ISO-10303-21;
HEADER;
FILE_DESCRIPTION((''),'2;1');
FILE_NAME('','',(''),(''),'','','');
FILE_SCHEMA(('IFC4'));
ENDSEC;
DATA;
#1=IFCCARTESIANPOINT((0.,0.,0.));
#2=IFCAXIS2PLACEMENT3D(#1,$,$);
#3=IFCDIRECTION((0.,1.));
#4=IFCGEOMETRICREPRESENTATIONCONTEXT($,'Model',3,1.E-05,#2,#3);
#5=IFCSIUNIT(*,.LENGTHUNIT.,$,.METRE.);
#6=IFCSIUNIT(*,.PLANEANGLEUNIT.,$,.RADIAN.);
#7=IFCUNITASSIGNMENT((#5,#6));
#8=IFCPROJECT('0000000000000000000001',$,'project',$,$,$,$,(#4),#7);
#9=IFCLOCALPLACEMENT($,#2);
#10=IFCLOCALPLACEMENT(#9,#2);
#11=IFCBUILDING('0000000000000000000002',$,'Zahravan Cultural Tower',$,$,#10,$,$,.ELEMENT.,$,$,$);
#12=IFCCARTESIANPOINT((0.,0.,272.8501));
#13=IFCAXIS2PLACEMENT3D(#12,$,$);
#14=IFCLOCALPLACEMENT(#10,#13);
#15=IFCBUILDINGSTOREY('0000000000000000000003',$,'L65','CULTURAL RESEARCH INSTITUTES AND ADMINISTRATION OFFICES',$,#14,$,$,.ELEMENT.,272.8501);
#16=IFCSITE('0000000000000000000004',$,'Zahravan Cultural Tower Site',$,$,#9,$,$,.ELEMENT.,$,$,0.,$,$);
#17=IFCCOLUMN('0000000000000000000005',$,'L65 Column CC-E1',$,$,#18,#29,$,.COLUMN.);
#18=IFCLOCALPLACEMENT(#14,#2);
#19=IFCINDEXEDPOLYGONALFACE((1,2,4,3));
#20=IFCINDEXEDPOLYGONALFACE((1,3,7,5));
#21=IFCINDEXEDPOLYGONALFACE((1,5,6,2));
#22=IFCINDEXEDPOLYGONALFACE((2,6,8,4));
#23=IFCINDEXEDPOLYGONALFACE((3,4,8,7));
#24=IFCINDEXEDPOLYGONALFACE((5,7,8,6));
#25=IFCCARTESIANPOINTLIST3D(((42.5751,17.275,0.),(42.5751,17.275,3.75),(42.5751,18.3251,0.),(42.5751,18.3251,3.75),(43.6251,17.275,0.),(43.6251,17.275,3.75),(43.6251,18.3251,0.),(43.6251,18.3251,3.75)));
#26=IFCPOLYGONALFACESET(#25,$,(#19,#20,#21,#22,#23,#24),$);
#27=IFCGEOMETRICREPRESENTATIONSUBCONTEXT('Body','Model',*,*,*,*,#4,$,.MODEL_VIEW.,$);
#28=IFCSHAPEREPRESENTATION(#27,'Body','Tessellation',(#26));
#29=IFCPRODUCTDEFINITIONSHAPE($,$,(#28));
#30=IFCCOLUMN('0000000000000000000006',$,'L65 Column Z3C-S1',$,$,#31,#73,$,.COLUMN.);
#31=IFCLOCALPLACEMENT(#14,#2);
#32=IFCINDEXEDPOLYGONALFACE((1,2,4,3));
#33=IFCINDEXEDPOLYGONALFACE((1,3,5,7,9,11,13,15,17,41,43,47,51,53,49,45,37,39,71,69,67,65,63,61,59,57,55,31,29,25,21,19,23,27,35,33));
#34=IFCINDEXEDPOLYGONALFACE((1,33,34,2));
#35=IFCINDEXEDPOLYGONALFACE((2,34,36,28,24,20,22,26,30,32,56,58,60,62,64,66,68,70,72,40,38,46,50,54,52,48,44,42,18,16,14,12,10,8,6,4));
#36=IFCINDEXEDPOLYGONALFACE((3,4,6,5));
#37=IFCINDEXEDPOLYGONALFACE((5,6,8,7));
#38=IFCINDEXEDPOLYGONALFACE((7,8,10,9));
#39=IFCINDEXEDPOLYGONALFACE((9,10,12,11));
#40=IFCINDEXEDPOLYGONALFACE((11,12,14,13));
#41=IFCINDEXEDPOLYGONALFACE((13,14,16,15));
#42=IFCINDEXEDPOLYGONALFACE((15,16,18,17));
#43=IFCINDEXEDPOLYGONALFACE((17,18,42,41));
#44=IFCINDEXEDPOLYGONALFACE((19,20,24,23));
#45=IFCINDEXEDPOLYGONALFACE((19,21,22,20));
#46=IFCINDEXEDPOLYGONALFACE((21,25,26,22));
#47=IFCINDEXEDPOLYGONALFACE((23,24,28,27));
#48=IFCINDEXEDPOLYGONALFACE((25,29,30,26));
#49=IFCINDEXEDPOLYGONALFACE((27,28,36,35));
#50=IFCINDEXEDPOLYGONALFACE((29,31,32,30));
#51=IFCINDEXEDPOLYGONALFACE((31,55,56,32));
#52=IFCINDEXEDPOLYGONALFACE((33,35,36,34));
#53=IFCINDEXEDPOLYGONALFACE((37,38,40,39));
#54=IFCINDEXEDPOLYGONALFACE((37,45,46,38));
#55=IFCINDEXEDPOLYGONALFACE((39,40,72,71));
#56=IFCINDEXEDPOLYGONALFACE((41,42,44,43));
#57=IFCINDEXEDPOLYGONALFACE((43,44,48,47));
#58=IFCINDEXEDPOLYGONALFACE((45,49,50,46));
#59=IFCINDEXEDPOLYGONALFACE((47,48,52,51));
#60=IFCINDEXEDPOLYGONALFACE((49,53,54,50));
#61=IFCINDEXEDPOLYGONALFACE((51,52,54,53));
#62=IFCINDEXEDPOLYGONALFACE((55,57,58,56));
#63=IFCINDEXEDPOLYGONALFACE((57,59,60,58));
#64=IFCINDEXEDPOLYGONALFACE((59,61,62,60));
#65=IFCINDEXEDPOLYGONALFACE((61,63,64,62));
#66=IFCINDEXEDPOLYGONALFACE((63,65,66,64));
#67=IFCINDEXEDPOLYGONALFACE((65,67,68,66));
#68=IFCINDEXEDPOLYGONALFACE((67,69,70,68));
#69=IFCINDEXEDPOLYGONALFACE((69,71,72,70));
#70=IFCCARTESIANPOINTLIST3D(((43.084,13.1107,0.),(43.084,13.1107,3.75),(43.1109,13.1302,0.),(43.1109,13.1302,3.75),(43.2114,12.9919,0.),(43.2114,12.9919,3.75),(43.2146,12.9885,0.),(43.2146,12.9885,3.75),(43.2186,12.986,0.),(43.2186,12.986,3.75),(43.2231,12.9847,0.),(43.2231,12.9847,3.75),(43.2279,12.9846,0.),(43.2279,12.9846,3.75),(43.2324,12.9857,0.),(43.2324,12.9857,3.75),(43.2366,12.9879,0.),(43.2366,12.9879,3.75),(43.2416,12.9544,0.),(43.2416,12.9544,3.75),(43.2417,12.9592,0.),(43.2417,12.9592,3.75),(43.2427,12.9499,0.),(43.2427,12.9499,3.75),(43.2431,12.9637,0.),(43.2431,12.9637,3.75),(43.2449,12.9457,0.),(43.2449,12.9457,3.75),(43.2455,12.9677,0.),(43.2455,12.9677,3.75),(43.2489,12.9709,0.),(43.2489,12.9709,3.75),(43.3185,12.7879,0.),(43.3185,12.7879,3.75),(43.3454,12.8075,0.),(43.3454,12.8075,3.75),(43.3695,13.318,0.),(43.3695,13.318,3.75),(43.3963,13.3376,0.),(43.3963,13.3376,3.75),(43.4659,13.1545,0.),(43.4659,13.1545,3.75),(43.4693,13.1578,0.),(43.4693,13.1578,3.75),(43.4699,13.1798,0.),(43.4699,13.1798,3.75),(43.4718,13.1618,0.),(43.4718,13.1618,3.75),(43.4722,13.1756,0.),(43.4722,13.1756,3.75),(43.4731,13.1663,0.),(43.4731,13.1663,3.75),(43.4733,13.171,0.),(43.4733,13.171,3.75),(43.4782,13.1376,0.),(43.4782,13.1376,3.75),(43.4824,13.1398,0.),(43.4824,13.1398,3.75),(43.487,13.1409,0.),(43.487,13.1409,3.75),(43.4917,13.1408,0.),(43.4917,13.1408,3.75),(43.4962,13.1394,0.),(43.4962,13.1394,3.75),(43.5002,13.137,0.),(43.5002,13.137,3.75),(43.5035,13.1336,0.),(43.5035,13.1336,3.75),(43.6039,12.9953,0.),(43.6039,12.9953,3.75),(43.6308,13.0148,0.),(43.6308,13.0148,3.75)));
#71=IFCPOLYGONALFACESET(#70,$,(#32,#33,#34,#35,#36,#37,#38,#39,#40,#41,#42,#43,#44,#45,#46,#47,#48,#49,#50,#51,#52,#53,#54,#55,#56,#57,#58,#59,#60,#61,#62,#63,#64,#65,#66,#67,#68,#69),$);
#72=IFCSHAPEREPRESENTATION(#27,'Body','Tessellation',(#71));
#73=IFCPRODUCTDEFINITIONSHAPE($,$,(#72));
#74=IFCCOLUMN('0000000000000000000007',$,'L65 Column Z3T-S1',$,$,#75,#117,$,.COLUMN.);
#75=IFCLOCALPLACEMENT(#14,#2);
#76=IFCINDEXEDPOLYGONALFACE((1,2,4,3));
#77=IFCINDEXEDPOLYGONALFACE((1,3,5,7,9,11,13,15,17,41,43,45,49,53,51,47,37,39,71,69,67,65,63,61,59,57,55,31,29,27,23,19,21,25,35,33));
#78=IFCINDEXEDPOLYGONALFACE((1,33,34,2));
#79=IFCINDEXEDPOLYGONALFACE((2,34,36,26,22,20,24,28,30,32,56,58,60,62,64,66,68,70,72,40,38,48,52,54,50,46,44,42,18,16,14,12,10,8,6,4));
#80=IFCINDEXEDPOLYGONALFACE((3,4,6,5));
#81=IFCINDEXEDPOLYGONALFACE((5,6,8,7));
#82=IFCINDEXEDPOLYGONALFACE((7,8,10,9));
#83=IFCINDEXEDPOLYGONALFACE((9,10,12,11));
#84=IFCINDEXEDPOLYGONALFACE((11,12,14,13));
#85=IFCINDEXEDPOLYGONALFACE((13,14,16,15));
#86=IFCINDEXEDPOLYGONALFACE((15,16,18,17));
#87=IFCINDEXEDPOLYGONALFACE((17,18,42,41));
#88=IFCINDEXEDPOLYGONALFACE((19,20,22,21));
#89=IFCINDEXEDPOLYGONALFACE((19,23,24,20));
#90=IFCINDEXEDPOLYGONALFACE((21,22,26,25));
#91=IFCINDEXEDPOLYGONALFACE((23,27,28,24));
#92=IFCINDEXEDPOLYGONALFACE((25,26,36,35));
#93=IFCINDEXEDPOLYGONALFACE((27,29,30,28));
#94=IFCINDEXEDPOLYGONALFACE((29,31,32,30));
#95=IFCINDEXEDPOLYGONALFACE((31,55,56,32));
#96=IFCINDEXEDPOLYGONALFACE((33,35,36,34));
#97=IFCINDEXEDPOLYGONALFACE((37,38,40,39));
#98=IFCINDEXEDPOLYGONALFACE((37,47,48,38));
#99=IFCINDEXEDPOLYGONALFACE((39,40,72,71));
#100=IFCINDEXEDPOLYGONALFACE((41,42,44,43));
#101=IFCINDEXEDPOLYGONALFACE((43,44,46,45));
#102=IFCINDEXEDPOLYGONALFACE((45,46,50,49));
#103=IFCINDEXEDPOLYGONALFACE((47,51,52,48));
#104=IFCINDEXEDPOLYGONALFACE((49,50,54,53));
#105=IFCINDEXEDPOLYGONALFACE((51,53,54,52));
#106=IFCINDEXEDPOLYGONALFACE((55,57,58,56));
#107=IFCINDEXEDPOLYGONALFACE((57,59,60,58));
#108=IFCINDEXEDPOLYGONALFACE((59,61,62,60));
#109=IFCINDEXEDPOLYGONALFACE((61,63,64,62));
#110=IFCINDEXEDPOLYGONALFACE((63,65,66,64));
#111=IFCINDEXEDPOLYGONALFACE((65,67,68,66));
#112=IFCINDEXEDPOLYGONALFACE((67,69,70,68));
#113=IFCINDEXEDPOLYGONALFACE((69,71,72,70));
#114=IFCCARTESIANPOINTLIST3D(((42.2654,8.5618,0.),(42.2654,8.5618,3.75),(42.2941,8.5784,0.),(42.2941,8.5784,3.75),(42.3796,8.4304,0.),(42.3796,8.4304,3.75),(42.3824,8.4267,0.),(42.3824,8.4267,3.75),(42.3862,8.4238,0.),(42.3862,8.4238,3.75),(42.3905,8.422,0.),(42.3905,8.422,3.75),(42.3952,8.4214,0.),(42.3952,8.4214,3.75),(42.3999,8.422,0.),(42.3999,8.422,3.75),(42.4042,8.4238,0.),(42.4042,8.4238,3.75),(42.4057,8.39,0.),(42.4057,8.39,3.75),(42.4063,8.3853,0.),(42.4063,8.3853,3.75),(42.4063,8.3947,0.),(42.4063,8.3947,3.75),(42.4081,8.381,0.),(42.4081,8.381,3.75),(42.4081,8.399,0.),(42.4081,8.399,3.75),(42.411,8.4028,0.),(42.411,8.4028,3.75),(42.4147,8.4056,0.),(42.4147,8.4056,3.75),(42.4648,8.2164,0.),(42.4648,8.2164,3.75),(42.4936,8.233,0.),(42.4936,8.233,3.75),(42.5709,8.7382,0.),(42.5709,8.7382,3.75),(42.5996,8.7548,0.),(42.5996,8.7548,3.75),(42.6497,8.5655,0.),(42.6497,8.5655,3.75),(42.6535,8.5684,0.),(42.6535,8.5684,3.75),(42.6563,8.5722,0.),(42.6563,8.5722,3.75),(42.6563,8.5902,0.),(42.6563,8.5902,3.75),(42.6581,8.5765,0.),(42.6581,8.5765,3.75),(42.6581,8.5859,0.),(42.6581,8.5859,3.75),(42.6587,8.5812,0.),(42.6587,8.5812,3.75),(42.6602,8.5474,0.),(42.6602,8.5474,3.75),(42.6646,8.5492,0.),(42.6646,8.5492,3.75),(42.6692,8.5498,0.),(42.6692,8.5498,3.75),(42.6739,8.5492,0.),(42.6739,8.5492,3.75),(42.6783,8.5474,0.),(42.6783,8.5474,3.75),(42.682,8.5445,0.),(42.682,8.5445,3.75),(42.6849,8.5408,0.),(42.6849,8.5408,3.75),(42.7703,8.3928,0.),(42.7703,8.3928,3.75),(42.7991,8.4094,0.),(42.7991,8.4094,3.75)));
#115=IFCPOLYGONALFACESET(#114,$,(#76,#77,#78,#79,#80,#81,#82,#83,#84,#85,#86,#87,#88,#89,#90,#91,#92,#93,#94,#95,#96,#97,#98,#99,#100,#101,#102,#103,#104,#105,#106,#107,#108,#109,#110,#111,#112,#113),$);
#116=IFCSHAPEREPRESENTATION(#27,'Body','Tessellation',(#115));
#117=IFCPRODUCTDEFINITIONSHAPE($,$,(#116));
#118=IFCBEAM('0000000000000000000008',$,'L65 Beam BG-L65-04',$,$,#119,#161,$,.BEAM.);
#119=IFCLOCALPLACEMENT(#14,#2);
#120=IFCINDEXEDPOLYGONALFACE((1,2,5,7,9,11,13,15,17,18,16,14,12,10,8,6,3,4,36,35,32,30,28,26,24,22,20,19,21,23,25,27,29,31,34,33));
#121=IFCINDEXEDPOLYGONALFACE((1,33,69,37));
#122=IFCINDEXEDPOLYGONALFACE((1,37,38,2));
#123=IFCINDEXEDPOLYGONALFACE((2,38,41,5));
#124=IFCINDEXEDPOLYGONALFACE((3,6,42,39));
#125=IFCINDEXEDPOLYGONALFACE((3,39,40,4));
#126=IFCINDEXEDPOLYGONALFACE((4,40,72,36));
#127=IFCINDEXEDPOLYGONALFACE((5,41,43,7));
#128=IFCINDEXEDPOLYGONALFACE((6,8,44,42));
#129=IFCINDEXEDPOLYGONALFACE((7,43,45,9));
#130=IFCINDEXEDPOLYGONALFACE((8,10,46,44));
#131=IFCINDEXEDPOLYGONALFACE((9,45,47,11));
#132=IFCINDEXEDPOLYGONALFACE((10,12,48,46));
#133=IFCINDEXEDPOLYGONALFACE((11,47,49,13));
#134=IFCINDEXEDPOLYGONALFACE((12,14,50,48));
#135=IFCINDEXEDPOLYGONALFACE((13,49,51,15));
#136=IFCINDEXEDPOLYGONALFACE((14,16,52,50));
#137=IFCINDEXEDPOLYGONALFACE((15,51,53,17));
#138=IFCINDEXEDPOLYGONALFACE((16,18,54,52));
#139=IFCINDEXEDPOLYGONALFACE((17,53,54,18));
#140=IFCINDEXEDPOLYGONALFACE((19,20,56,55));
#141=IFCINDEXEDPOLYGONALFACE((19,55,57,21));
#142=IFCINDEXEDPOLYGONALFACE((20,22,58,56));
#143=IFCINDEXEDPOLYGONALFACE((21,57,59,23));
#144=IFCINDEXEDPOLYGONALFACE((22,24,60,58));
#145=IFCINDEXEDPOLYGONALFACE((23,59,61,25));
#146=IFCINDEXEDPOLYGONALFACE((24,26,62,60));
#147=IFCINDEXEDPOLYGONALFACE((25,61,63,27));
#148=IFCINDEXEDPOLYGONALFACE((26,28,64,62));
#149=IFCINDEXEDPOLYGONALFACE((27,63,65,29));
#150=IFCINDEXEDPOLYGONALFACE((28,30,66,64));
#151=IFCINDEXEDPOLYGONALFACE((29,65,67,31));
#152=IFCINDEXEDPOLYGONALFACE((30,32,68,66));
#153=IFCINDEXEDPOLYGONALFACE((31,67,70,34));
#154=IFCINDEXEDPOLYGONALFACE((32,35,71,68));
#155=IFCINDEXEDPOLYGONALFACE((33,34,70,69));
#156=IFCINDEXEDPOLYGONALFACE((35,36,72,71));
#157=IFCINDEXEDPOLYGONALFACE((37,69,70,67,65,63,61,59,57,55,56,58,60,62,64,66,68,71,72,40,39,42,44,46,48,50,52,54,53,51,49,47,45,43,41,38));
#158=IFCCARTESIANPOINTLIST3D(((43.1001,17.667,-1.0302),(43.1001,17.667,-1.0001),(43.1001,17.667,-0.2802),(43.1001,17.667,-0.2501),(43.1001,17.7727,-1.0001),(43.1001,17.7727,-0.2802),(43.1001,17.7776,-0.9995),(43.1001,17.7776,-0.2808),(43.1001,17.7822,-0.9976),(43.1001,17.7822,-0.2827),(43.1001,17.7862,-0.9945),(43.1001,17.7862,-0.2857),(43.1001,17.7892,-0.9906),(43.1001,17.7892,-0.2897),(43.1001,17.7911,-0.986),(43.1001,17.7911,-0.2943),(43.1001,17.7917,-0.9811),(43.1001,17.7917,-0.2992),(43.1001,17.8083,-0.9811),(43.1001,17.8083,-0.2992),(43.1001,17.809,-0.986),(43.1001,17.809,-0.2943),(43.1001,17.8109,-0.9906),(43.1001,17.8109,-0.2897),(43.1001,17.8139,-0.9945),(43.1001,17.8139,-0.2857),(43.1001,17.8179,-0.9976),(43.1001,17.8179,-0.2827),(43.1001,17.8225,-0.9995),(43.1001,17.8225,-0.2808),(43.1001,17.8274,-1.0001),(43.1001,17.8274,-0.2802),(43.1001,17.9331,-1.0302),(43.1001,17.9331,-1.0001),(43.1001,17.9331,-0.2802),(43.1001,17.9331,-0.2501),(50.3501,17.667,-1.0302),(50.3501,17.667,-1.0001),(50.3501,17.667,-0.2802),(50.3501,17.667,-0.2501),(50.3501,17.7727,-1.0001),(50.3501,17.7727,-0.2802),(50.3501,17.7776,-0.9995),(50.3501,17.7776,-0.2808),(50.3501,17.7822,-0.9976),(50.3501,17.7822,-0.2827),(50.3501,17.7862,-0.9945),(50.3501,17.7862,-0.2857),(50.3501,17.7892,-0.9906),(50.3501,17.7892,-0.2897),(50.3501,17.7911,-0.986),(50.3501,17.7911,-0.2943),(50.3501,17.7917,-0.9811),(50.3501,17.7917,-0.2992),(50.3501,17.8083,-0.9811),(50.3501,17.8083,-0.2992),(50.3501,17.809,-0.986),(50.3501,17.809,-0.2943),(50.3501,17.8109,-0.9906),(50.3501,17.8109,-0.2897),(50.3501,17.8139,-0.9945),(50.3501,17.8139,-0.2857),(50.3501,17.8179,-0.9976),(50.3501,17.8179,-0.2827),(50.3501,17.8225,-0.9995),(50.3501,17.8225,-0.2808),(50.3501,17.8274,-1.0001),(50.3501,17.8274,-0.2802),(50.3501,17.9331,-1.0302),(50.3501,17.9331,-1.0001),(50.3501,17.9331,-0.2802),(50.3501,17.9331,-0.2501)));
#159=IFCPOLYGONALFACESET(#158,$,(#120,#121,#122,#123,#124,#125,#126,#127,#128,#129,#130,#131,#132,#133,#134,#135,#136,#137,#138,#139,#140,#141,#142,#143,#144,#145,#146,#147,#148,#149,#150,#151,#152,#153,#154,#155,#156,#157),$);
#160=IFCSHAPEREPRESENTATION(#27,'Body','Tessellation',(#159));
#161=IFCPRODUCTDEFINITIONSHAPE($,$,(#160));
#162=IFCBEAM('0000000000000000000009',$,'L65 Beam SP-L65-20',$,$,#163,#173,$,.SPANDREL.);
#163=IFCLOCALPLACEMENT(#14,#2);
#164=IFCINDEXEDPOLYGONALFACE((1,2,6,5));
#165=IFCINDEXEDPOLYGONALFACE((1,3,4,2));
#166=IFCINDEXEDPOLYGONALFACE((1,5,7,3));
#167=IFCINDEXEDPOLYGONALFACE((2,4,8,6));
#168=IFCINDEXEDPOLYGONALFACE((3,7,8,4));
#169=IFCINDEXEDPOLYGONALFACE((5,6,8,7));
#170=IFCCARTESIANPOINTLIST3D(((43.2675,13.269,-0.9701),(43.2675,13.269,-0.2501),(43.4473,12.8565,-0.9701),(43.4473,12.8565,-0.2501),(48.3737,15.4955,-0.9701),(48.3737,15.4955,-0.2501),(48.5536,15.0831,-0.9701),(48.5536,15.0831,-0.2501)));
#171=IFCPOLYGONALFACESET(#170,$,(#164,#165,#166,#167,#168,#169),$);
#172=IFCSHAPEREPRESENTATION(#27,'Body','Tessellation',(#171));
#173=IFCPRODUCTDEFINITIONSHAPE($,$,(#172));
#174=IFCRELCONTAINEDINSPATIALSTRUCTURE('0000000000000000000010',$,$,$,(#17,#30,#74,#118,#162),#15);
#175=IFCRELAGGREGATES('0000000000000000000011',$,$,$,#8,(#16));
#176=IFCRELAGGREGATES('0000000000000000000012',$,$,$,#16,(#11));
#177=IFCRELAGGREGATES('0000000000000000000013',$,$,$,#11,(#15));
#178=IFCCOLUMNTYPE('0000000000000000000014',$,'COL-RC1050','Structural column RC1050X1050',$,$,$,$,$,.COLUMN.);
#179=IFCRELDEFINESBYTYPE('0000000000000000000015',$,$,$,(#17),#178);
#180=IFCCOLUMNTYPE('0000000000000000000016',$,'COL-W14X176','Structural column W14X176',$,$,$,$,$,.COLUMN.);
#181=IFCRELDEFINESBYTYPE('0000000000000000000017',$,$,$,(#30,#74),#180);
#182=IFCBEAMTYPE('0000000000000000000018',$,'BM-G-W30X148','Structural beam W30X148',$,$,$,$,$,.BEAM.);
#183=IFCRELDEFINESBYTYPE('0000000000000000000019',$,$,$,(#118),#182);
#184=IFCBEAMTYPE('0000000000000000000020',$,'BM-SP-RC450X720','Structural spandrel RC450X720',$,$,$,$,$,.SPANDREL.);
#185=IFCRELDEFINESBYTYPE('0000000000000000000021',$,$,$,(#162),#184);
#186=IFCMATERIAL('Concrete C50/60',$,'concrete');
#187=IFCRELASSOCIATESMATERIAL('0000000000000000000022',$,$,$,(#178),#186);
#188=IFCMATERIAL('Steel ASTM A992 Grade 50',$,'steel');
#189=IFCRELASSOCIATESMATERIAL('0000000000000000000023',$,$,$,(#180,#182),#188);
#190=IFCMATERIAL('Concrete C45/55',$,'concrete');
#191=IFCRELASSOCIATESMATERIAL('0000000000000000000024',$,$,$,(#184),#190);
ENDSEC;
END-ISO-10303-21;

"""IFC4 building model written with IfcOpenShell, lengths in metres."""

from ifc_helpers import new_model, si_unit, direction, frame, origin, origin_2d, place, context, subcontext, project, spatial, rectangle, i_section, extrude, source, transform, mapped, material, material_profile, profile_set, type_object, element, save


model = new_model("IFC4")

# Units and contexts
model_context = context("Model", 3, precision=1e-05, world=origin(), true_north=direction((0.0, 1.0)))
body_context = subcontext(model_context, "Body", "Model", "MODEL_VIEW")
ifc_project = project(units=[si_unit("LENGTHUNIT", "METRE"), si_unit("PLANEANGLEUNIT", "RADIAN")], contexts=[model_context])

# Site, building, storey
site_placement = place(None, origin())
site = spatial("IfcSite", under=ifc_project, at=site_placement, Name="Zahravan Cultural Tower Site", CompositionType="ELEMENT", RefElevation=0.0)
building_placement = place(site_placement, origin())
building = spatial("IfcBuilding", under=site, at=building_placement, Name="Zahravan Cultural Tower", CompositionType="ELEMENT")
storey_placement = place(building_placement, frame((0.0, 0.0, 272.8501)))
storey = spatial("IfcBuildingStorey", under=building, at=storey_placement, Name="L65", Description="CULTURAL RESEARCH INSTITUTES AND ADMINISTRATION OFFICES", CompositionType="ELEMENT", Elevation=272.8501)

# Columns
ifc_material_1 = material(Name="Concrete C50/60", Category="concrete")
ifc_material_profile_1 = material_profile(ifc_material_1, rectangle(XDim=1.05, YDim=1.05, at=origin_2d()), Name="RC1050X1050")
ifc_profile_set_1 = profile_set([ifc_material_profile_1], Name="Concrete C50/60")
column_type_1 = type_object("IfcColumnType", Name="COL-RC1050", Description="Structural column RC1050X1050", PredefinedType="COLUMN", material=ifc_profile_set_1)
shared_shape_1 = source(origin(), body_context, "Body", "SweptSolid", [
    extrude(rectangle(XDim=1.05, YDim=1.05, at=origin_2d()), origin(), (0.0, 0.0, 1.0), 3.75),
])
column_placement = place(storey_placement, frame((43.1001, 17.8, 0.0), z_axis=(0.0, 0.0, 1.0), x_axis=(1.0, 0.0, 0.0)))
element("IfcColumn", 1, at=column_placement, inside=storey, type_object=column_type_1, Name="L65 Column CC-E1", PredefinedType="COLUMN", context=body_context, shape_type="MappedRepresentation", body=[
    mapped(shared_shape_1, transform((0.0, 0.0, 0.0), x_axis=(1.0, 0.0, 0.0), y_axis=(0.0, 1.0, 0.0), z_axis=(0.0, 0.0, 1.0), scale=1.0)),
])
ifc_material_2 = material(Name="Steel ASTM A992 Grade 50", Category="steel")
ifc_material_profile_2 = material_profile(ifc_material_2, i_section(OverallWidth=0.3989, OverallDepth=0.386, WebThickness=0.021, FlangeThickness=0.0332, FilletRadius=0.0181, at=origin_2d()), Name="W14X176")
ifc_profile_set_2 = profile_set([ifc_material_profile_2], Name="Steel ASTM A992 Grade 50")
column_type_2 = type_object("IfcColumnType", Name="COL-W14X176", Description="Structural column W14X176", PredefinedType="COLUMN", material=ifc_profile_set_2)
shared_shape_2 = source(origin(), body_context, "Body", "SweptSolid", [
    extrude(i_section(OverallWidth=0.3989, OverallDepth=0.386, WebThickness=0.021, FlangeThickness=0.0332, FilletRadius=0.0181, at=origin_2d()), origin(), (0.0, 0.0, 1.0), 3.75),
])
for number, where, z_axis, x_axis, name in (
    (2, (43.3574, 13.0627, 0.0), (0.0, 0.0, 1.0), (-0.587785, 0.809017, 0.0), "L65 Column Z3C-S1"),
    (3, (42.5322, 8.4856, 0.0), (0.0, 0.0, 1.0), (-0.5, 0.866025, 0.0), "L65 Column Z3T-S1"),
):
    element("IfcColumn", number, at=place(storey_placement, frame(where, z_axis=z_axis, x_axis=x_axis)), inside=storey, type_object=column_type_2, Name=name, PredefinedType="COLUMN", context=body_context, shape_type="MappedRepresentation", body=[
        mapped(shared_shape_2, transform((0.0, 0.0, 0.0), x_axis=(1.0, 0.0, 0.0), y_axis=(0.0, 1.0, 0.0), z_axis=(0.0, 0.0, 1.0), scale=1.0)),
    ])

# Beams
ifc_material_profile_3 = material_profile(ifc_material_2, i_section(OverallWidth=0.2661, OverallDepth=0.78, WebThickness=0.0166, FlangeThickness=0.03, FilletRadius=0.019, at=origin_2d()), Name="W30X148")
ifc_profile_set_3 = profile_set([ifc_material_profile_3], Name="Steel ASTM A992 Grade 50")
beam_type_1 = type_object("IfcBeamType", Name="BM-G-W30X148", Description="Structural beam W30X148", PredefinedType="BEAM", material=ifc_profile_set_3)
shared_shape_3 = source(origin(), body_context, "Body", "SweptSolid", [
    extrude(i_section(OverallWidth=0.2661, OverallDepth=0.78, WebThickness=0.0166, FlangeThickness=0.03, FilletRadius=0.019, at=origin_2d()), origin(), (0.0, 0.0, 1.0), 7.25),
])
beam_1_placement = place(storey_placement, frame((43.1001, 17.8, -0.6401), z_axis=(1.0, 0.0, 0.0), x_axis=(0.0, 1.0, 0.0)))
element("IfcBeam", 4, at=beam_1_placement, inside=storey, type_object=beam_type_1, Name="L65 Beam BG-L65-04", PredefinedType="BEAM", context=body_context, shape_type="MappedRepresentation", body=[
    mapped(shared_shape_3, transform((0.0, 0.0, 0.0), x_axis=(1.0, 0.0, 0.0), y_axis=(0.0, 1.0, 0.0), z_axis=(0.0, 0.0, 1.0), scale=1.0)),
])
ifc_material_3 = material(Name="Concrete C45/55", Category="concrete")
ifc_material_profile_4 = material_profile(ifc_material_3, rectangle(XDim=0.45, YDim=0.72, at=origin_2d()), Name="RC450X720")
ifc_profile_set_4 = profile_set([ifc_material_profile_4], Name="Concrete C45/55")
beam_type_2 = type_object("IfcBeamType", Name="BM-SP-RC450X720", Description="Structural spandrel RC450X720", PredefinedType="SPANDREL", material=ifc_profile_set_4)
shared_shape_4 = source(origin(), body_context, "Body", "SweptSolid", [
    extrude(rectangle(XDim=0.45, YDim=0.72, at=origin_2d()), origin(), (0.0, 0.0, 1.0), 5.5706),
])
beam_2_placement = place(storey_placement, frame((43.3574, 13.0627, -0.6101), z_axis=(0.916645, 0.399703, 0.0), x_axis=(-0.399703, 0.916645, 0.0)))
element("IfcBeam", 5, at=beam_2_placement, inside=storey, type_object=beam_type_2, Name="L65 Beam SP-L65-20", PredefinedType="SPANDREL", context=body_context, shape_type="MappedRepresentation", body=[
    mapped(shared_shape_4, transform((0.0, 0.0, 0.0), x_axis=(1.0, 0.0, 0.0), y_axis=(0.0, 1.0, 0.0), z_axis=(0.0, 0.0, 1.0), scale=1.0)),
])

save(model, "model.ifc")
